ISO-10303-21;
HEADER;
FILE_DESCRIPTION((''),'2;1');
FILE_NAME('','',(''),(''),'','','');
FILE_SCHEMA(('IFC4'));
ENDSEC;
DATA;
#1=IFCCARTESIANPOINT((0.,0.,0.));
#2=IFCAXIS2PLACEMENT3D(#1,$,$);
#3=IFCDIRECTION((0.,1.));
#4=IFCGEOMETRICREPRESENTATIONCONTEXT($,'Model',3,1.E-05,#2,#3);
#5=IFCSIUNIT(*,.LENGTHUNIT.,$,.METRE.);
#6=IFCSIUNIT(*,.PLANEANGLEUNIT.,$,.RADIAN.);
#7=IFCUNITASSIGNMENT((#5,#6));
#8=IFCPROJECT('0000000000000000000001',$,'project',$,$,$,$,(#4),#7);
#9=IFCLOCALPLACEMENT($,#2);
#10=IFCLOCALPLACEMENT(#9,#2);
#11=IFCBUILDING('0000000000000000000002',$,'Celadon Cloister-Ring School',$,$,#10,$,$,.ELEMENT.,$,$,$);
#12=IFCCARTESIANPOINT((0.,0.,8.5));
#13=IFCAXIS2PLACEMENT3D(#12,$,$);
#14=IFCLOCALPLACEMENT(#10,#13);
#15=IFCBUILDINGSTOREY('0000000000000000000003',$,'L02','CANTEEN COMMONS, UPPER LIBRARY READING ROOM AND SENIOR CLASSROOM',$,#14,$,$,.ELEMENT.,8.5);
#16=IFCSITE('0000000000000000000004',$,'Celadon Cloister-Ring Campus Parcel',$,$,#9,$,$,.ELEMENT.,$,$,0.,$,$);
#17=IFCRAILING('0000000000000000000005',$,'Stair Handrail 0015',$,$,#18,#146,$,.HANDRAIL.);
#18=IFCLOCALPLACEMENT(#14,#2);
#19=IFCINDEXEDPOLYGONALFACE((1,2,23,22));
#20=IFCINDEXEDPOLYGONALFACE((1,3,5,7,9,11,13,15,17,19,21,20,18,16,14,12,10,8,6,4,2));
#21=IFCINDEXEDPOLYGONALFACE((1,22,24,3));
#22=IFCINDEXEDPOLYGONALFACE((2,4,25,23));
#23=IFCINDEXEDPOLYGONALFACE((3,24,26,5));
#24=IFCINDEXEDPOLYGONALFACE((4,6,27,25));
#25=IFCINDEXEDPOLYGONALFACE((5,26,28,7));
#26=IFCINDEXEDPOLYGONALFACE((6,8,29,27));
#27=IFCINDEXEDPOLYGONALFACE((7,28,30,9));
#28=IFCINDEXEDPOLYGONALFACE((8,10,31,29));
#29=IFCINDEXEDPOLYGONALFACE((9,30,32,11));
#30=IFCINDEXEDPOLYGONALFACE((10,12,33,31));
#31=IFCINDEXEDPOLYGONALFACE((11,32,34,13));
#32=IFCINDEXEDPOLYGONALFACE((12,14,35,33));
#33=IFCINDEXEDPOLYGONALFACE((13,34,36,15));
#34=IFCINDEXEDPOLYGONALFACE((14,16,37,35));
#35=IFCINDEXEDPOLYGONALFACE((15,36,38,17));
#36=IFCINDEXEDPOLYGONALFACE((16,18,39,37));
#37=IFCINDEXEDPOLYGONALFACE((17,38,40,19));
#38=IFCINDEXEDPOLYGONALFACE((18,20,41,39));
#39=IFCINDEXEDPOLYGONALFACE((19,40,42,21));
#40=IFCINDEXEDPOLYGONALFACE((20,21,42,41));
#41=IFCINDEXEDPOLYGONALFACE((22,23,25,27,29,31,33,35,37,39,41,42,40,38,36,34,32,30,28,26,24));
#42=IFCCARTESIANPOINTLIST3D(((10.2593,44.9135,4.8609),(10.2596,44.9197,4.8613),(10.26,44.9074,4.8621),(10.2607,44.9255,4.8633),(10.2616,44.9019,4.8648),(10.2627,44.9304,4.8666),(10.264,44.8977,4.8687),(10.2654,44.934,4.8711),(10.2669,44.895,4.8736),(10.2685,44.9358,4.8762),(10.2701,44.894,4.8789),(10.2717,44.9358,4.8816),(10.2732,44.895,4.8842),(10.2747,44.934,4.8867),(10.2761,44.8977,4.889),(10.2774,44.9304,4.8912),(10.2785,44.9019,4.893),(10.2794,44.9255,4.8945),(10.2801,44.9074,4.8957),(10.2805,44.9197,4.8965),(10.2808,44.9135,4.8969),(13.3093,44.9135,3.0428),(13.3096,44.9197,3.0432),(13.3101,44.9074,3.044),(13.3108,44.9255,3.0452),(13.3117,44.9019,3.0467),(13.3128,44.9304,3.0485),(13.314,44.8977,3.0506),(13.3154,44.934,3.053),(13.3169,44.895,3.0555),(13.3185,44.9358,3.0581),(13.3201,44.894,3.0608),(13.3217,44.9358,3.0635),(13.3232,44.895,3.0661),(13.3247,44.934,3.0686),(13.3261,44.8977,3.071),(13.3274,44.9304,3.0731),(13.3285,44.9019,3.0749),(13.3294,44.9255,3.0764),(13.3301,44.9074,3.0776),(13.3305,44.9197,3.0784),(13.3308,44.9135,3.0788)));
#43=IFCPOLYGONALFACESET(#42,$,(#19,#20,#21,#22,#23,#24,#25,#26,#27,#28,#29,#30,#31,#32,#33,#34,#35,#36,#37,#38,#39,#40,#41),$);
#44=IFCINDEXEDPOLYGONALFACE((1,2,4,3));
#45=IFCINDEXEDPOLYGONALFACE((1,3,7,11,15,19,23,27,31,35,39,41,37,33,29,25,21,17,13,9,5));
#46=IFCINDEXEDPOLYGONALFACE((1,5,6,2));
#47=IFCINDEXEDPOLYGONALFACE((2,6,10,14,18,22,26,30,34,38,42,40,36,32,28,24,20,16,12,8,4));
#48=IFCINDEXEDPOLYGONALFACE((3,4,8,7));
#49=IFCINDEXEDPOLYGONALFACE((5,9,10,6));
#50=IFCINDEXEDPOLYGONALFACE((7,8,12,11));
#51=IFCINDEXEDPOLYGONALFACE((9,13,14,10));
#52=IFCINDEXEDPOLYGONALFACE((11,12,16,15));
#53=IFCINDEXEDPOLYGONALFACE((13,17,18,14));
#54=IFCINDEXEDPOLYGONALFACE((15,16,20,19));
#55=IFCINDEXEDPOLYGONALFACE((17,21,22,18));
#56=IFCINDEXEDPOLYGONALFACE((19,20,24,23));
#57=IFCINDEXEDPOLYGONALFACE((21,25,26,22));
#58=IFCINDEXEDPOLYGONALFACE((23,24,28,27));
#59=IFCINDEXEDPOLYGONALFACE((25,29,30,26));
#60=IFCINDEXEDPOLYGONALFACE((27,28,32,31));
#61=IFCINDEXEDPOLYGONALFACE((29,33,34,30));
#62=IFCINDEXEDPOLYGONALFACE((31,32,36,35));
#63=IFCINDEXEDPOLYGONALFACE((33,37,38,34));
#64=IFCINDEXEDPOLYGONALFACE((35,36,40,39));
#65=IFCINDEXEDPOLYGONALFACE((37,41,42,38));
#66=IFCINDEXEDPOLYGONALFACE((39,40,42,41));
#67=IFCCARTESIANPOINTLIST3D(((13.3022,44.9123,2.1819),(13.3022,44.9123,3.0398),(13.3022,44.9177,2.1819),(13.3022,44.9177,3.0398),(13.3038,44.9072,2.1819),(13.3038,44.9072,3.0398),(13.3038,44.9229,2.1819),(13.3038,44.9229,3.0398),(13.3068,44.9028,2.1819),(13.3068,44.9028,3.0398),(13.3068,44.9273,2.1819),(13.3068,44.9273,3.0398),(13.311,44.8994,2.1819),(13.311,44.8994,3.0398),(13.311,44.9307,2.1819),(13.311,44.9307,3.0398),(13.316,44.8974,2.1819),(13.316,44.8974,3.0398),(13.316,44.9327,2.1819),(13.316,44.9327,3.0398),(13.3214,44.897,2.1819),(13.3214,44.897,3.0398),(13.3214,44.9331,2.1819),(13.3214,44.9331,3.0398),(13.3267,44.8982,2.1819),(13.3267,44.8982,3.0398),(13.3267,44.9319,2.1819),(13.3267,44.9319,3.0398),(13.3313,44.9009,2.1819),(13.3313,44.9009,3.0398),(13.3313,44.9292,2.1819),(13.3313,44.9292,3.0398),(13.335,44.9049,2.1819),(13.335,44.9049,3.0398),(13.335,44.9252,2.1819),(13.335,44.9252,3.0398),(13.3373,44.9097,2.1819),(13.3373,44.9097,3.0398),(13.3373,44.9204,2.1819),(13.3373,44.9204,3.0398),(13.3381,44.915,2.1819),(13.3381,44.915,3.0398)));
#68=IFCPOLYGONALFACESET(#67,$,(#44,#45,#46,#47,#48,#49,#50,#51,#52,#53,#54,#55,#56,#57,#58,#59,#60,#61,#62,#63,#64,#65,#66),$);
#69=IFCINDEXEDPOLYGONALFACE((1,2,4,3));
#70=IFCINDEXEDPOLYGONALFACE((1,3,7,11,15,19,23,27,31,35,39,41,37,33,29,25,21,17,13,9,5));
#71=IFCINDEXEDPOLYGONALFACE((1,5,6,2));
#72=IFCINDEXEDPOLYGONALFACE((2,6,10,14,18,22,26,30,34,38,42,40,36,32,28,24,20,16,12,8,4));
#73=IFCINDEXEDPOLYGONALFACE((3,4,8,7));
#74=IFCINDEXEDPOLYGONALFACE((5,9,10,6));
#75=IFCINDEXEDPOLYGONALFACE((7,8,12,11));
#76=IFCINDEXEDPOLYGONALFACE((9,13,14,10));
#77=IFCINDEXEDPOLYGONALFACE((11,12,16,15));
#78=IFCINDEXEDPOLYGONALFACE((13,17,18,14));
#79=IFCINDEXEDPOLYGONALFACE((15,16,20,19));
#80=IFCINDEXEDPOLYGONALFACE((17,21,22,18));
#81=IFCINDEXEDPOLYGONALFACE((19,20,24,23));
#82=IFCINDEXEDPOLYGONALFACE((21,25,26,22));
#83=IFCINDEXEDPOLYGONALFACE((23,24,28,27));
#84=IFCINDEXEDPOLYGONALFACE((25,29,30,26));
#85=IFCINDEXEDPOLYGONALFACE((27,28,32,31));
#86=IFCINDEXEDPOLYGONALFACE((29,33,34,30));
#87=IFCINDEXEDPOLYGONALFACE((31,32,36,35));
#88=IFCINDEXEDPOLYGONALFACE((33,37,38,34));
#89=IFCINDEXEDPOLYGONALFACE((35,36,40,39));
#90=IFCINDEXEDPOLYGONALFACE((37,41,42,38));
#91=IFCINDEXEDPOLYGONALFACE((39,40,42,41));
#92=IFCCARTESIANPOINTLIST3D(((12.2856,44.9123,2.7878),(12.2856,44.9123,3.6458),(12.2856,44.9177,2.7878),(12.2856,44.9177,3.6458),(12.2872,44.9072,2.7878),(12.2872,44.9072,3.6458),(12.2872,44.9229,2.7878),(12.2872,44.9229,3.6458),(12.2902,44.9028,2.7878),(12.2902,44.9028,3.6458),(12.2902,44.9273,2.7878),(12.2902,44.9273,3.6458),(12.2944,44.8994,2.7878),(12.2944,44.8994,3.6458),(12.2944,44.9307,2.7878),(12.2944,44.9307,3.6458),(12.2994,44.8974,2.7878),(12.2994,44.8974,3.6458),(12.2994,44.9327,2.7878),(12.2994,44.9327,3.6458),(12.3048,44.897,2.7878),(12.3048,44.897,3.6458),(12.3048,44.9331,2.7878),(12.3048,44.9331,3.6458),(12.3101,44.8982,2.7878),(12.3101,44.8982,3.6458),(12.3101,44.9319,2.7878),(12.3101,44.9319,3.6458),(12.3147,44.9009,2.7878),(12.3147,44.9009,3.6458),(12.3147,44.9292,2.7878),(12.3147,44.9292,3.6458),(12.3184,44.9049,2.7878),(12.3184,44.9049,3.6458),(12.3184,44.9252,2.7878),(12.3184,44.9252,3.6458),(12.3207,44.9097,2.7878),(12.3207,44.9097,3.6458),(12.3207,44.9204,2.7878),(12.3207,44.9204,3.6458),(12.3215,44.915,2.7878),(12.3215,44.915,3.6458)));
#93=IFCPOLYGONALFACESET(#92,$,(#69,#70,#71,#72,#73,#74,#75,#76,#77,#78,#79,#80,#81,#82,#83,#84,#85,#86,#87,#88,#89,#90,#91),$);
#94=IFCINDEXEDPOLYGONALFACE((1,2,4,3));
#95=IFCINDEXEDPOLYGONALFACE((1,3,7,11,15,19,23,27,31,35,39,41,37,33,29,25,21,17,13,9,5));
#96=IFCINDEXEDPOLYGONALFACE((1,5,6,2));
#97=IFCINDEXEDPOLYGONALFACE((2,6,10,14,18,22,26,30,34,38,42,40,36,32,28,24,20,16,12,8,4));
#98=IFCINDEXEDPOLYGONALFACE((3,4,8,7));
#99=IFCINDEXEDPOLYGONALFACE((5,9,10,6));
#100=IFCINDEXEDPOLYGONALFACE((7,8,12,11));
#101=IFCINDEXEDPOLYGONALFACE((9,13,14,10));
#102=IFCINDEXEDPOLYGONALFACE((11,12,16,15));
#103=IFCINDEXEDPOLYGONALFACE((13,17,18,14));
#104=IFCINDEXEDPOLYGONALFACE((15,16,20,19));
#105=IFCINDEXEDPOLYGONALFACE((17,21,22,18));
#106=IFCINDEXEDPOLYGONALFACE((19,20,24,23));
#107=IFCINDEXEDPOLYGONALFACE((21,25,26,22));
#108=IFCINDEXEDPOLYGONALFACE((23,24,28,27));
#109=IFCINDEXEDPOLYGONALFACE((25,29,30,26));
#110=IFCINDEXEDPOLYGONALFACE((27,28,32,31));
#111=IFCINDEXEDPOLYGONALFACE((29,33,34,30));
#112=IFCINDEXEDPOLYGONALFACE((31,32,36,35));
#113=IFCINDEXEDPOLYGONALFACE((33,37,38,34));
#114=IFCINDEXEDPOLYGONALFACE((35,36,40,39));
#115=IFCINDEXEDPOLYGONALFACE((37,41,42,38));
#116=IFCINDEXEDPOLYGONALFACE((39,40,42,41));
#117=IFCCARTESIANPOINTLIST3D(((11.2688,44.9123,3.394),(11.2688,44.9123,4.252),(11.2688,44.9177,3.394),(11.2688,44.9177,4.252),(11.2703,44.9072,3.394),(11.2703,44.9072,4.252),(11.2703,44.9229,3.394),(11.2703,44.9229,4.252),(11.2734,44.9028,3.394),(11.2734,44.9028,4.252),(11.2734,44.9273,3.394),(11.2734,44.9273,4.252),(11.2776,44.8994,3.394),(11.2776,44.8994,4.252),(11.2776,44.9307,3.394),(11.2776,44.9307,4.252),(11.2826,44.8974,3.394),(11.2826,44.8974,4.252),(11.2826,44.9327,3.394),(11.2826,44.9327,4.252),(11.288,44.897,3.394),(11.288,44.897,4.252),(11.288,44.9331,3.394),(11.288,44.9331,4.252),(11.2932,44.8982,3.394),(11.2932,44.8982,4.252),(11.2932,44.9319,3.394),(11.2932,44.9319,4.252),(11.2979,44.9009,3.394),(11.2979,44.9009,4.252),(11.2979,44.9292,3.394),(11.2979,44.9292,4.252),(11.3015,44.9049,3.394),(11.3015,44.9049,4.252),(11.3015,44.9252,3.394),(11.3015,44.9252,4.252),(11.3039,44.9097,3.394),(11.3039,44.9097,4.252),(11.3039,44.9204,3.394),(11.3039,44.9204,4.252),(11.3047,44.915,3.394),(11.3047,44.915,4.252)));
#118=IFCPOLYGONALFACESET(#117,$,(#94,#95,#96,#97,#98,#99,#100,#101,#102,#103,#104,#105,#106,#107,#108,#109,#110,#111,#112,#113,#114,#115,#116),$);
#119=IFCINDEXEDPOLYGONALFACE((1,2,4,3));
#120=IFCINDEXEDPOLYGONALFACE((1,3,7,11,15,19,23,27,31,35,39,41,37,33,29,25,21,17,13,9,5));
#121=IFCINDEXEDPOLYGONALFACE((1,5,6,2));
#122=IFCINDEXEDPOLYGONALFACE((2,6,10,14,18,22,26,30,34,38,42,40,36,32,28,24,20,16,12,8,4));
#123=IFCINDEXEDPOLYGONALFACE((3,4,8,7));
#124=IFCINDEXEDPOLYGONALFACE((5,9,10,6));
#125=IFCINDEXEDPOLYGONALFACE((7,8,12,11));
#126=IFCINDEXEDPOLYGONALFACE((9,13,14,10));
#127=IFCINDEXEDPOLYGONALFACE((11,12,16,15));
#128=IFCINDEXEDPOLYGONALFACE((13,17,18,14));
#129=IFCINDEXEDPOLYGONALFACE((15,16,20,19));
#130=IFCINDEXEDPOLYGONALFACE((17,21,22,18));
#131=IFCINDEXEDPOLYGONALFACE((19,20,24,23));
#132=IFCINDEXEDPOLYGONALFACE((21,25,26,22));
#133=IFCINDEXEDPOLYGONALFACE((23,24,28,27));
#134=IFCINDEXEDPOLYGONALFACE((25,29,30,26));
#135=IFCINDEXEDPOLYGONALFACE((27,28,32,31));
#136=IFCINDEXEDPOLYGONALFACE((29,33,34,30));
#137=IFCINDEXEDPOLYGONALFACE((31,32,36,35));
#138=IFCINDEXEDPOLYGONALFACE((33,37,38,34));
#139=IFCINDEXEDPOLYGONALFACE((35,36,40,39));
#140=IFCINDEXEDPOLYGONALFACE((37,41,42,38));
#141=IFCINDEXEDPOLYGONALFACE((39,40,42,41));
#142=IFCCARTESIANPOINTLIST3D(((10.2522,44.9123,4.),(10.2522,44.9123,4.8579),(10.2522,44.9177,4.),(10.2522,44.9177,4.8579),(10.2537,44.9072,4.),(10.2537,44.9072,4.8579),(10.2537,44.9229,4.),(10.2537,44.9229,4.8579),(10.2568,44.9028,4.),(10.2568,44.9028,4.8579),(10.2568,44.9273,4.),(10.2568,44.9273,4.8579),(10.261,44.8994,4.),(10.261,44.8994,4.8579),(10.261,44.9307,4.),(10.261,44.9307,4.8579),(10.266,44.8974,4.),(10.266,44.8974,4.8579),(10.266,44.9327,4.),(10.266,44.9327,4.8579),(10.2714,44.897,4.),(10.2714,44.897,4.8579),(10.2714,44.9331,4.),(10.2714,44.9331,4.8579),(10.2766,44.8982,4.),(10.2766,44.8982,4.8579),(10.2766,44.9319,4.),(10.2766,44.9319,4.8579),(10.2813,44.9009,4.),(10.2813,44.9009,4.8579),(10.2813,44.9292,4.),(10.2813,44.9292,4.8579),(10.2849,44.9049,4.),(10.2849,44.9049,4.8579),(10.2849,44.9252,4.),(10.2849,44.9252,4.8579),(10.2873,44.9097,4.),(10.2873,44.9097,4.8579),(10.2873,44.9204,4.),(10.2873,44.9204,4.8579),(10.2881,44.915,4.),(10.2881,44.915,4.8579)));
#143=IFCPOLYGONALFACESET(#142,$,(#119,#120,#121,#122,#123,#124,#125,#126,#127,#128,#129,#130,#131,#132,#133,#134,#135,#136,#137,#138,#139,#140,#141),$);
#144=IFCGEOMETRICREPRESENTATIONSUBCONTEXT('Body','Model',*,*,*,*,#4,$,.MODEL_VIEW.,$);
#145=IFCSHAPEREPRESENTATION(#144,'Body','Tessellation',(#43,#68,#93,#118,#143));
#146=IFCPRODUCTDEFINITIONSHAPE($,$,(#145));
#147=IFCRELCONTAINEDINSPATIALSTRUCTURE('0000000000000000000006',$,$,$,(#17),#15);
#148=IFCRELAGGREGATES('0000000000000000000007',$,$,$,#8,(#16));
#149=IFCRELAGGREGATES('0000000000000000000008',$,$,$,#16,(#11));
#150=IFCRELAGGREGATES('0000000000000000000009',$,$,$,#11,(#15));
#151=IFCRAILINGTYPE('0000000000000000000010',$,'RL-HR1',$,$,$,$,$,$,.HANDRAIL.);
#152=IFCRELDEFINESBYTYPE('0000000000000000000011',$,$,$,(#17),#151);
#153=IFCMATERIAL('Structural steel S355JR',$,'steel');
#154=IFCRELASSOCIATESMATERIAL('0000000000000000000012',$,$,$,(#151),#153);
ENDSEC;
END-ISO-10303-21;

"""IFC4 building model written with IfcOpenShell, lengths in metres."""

from ifc_helpers import new_model, si_unit, direction, frame, origin, origin_2d, place, context, subcontext, project, spatial, circle, extrude, material, type_object, element, save


model = new_model("IFC4")

# Units and contexts
model_context = context("Model", 3, precision=1e-05, world=origin(), true_north=direction((0.0, 1.0)))
body_context = subcontext(model_context, "Body", "Model", "MODEL_VIEW")
ifc_project = project(units=[si_unit("LENGTHUNIT", "METRE"), si_unit("PLANEANGLEUNIT", "RADIAN")], contexts=[model_context])

# Site, building, storey
site_placement = place(None, origin())
site = spatial("IfcSite", under=ifc_project, at=site_placement, Name="Celadon Cloister-Ring Campus Parcel", CompositionType="ELEMENT", RefElevation=0.0)
building_placement = place(site_placement, origin())
building = spatial("IfcBuilding", under=site, at=building_placement, Name="Celadon Cloister-Ring School", CompositionType="ELEMENT")
storey_placement = place(building_placement, frame((0.0, 0.0, 8.5)))
storey = spatial("IfcBuildingStorey", under=building, at=storey_placement, Name="L02", Description="CANTEEN COMMONS, UPPER LIBRARY READING ROOM AND SENIOR CLASSROOM", CompositionType="ELEMENT", Elevation=8.5)

# Railing
ifc_material_1 = material(Name="Structural steel S355JR", Category="steel")
railing_type_1 = type_object("IfcRailingType", Name="RL-HR1", PredefinedType="HANDRAIL", material=ifc_material_1)
for number, where, name in (
    (1, (13.3201, 44.915, 2.1819), "Stair Handrail 0015"),
):
    element("IfcRailing", number, at=place(storey_placement, frame(where)), inside=storey, type_object=railing_type_1, Name=name, PredefinedType="HANDRAIL", context=body_context, shape_type="SweptSolid", body=[
        extrude(circle(Radius=0.021, at=origin_2d()), frame((0.0, 0.0, 0.8789), z_axis=(-0.85897, 0.0, 0.512026), x_axis=(0.0, -1.0, 0.0)), (0.0, 0.0, 1.0), 3.5508),
        extrude(circle(Radius=0.0181, at=origin_2d()), origin(), (0.0, 0.0, 1.0), 0.8579),
        extrude(circle(Radius=0.0181, at=origin_2d()), frame((-1.0166, 0.0, 0.606)), (0.0, 0.0, 1.0), 0.8579),
        extrude(circle(Radius=0.0181, at=origin_2d()), frame((-2.0334, 0.0, 1.2122)), (0.0, 0.0, 1.0), 0.8579),
        extrude(circle(Radius=0.0181, at=origin_2d()), frame((-3.05, 0.0, 1.8181)), (0.0, 0.0, 1.0), 0.8579),
    ])

save(model, "model.ifc")
